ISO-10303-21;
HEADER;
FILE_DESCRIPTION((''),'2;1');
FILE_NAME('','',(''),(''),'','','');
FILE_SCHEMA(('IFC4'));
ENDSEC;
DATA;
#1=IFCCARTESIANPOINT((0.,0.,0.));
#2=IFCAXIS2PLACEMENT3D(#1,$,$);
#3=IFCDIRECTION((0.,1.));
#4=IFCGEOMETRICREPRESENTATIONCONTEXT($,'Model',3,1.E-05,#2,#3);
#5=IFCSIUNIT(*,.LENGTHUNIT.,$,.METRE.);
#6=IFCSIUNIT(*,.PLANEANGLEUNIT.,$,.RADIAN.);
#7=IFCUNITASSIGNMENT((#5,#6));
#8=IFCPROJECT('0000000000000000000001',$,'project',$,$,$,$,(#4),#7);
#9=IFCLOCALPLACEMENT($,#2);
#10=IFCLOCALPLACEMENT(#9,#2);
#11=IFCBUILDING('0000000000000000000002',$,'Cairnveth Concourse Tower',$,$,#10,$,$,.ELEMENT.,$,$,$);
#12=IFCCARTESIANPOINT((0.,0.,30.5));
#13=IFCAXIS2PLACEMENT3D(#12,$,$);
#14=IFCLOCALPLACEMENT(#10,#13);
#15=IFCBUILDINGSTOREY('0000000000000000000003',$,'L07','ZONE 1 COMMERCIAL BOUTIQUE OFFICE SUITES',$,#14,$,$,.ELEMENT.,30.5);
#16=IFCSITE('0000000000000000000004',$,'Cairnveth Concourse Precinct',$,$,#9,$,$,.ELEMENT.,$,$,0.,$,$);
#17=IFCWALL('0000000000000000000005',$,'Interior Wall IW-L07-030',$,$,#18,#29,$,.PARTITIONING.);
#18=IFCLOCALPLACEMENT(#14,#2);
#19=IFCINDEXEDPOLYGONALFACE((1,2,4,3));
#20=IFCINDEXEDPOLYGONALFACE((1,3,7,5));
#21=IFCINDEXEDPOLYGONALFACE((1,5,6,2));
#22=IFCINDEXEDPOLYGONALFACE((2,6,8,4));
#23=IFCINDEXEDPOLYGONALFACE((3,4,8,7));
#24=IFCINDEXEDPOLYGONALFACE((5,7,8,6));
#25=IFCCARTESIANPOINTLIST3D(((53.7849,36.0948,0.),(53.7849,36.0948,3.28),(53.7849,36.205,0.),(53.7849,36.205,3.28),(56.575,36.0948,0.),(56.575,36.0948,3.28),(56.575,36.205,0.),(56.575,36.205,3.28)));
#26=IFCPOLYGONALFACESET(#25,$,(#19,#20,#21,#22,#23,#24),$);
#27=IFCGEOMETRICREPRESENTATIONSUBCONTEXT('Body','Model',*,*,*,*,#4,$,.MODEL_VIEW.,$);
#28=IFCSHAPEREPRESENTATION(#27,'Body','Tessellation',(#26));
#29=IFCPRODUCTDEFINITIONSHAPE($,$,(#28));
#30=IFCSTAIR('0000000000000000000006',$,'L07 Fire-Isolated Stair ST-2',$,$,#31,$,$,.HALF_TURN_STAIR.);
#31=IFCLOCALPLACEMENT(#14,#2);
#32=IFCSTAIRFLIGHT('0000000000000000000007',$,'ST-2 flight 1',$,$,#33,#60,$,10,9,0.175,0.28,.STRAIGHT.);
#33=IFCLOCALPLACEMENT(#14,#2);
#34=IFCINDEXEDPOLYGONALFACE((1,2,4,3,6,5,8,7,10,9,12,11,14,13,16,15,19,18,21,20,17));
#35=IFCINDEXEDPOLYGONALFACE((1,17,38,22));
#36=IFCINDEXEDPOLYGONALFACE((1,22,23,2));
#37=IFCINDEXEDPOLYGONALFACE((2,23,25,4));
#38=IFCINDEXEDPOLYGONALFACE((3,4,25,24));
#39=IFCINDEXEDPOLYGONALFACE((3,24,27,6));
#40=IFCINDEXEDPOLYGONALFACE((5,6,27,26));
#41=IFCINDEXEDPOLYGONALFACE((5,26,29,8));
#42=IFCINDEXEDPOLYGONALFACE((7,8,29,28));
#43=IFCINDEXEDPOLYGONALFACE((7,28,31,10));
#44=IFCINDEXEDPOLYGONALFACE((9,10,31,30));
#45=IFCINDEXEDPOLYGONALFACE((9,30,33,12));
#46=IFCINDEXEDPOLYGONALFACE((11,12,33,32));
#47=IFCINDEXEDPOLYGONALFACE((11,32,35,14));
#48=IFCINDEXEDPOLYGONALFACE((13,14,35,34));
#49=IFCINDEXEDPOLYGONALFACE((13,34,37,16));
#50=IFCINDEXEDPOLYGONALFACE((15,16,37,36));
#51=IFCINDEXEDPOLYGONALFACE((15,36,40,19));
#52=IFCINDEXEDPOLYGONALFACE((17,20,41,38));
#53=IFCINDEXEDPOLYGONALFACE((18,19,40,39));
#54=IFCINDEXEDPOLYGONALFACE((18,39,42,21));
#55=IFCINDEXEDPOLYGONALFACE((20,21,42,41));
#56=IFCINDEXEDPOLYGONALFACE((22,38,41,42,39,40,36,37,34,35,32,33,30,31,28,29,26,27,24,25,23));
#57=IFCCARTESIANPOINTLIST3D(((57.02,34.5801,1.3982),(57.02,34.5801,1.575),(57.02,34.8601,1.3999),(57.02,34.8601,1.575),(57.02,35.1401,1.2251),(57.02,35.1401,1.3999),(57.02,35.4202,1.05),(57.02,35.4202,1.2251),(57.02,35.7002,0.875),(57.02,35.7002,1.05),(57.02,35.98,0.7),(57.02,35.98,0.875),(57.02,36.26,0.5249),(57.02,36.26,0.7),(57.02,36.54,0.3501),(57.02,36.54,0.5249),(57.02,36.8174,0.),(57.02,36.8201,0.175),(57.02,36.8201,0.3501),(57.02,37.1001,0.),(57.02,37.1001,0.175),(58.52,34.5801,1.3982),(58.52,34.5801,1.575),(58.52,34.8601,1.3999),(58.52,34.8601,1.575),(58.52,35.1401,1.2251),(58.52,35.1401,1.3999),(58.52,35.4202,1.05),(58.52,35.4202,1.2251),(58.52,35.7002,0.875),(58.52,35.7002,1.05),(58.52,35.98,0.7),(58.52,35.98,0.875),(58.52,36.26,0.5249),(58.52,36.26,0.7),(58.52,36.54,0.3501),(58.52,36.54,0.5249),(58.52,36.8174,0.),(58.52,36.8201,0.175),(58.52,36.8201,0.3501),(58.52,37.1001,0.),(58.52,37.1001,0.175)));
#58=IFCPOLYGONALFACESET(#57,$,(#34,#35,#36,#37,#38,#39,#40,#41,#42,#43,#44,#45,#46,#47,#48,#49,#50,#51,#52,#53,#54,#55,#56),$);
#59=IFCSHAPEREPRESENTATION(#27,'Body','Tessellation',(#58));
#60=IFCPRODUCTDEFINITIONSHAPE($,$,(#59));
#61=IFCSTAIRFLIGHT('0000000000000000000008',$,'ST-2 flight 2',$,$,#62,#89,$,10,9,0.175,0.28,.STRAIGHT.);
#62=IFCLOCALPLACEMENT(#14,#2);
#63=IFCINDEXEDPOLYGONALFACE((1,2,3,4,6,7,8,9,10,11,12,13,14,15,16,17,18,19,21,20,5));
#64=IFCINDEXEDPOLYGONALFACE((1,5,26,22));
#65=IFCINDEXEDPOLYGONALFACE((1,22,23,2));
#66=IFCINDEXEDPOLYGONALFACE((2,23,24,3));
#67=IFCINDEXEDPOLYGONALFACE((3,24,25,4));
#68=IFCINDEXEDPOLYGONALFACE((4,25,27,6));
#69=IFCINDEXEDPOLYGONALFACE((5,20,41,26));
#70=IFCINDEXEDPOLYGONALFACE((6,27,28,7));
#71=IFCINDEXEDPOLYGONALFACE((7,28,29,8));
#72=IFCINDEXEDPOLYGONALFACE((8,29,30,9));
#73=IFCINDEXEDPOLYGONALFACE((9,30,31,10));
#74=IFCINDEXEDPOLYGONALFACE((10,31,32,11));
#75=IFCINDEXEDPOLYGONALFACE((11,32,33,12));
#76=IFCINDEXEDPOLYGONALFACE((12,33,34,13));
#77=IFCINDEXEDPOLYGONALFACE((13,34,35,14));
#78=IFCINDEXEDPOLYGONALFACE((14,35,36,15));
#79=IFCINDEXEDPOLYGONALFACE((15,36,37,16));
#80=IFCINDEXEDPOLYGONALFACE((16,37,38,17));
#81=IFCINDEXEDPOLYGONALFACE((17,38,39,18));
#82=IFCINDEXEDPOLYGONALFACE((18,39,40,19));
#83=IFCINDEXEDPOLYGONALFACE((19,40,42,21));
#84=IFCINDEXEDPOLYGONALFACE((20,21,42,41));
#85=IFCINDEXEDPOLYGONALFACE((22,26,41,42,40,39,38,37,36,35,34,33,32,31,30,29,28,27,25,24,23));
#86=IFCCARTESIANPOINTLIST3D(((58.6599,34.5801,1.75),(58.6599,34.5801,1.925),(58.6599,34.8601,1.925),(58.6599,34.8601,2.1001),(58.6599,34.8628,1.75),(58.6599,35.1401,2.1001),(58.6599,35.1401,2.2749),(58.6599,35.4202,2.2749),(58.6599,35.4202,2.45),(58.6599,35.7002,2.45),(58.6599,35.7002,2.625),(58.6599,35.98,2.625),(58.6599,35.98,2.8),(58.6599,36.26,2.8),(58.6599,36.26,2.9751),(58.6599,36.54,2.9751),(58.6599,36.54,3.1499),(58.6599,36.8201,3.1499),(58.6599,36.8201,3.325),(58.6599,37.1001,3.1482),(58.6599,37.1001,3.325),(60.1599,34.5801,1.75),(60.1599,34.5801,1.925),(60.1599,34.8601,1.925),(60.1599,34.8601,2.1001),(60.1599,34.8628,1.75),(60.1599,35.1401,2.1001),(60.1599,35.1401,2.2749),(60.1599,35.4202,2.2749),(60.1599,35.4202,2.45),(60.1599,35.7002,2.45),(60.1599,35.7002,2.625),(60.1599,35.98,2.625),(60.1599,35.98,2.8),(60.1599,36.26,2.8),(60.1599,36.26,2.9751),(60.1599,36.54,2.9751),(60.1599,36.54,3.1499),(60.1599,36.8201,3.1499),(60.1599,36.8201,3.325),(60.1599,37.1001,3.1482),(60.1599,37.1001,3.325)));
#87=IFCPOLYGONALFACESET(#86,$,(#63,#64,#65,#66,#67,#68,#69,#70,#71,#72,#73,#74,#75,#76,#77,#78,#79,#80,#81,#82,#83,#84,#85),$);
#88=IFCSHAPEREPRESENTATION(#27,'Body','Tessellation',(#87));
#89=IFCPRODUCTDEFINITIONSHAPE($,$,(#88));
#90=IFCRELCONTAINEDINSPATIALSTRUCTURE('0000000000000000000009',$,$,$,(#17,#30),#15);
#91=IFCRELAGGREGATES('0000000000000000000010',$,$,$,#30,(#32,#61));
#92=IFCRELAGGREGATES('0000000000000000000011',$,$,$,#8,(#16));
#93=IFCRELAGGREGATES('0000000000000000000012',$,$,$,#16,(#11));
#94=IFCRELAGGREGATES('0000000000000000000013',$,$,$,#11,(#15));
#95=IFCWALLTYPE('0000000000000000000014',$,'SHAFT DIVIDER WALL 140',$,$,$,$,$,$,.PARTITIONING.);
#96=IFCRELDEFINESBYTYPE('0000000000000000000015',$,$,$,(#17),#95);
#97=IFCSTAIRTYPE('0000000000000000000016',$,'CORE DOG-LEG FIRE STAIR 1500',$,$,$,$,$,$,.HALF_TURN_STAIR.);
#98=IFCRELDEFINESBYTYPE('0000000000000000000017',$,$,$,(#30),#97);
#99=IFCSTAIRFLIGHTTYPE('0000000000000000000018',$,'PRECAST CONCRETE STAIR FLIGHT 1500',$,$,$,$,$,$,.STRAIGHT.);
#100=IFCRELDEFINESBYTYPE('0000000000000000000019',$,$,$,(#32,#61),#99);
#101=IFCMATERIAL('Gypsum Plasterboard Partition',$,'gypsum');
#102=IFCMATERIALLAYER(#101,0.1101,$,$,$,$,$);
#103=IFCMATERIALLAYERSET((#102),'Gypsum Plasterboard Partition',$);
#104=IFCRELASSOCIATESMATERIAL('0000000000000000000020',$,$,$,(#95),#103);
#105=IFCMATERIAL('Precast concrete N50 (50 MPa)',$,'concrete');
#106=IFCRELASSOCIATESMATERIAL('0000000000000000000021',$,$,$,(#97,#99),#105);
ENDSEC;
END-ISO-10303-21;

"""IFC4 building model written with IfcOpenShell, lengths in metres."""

from ifc_helpers import new_model, si_unit, direction, frame, frame_2d, origin, place, context, subcontext, project, spatial, polyline, rectangle, outline, extrude, material, layer, layer_set, type_object, element, aggregate, save


model = new_model("IFC4")

# Units and contexts
model_context = context("Model", 3, precision=1e-05, world=origin(), true_north=direction((0.0, 1.0)))
body_context = subcontext(model_context, "Body", "Model", "MODEL_VIEW")
ifc_project = project(units=[si_unit("LENGTHUNIT", "METRE"), si_unit("PLANEANGLEUNIT", "RADIAN")], contexts=[model_context])

# Site, building, storey
site_placement = place(None, origin())
site = spatial("IfcSite", under=ifc_project, at=site_placement, Name="Cairnveth Concourse Precinct", CompositionType="ELEMENT", RefElevation=0.0)
building_placement = place(site_placement, origin())
building = spatial("IfcBuilding", under=site, at=building_placement, Name="Cairnveth Concourse Tower", CompositionType="ELEMENT")
storey_placement = place(building_placement, frame((0.0, 0.0, 30.5)))
storey = spatial("IfcBuildingStorey", under=building, at=storey_placement, Name="L07", Description="ZONE 1 COMMERCIAL BOUTIQUE OFFICE SUITES", CompositionType="ELEMENT", Elevation=30.5)

# Wall
ifc_material_1 = material(Name="Gypsum Plasterboard Partition", Category="gypsum")
ifc_layer_1 = layer(ifc_material_1, 0.1101)
ifc_layer_set_1 = layer_set([ifc_layer_1], Name="Gypsum Plasterboard Partition")
wall_type_1 = type_object("IfcWallType", Name="SHAFT DIVIDER WALL 140", PredefinedType="PARTITIONING", material=ifc_layer_set_1)
for number, where, z_axis, x_axis, name in (
    (1, (53.7849, 36.1499, 0.0), (0.0, 0.0, 1.0), (1.0, 0.0, 0.0), "Interior Wall IW-L07-030"),
):
    element("IfcWall", number, at=place(storey_placement, frame(where, z_axis=z_axis, x_axis=x_axis)), inside=storey, type_object=wall_type_1, Name=name, PredefinedType="PARTITIONING", context=body_context, shape_type="SweptSolid", body=[
        extrude(rectangle(XDim=2.79, YDim=0.1101, at=frame_2d((1.395, 0.0))), origin(), (0.0, 0.0, 1.0), 3.28),
    ])

# Stair, stair flights
ifc_material_2 = material(Name="Precast concrete N50 (50 MPa)", Category="concrete")
stair_type = type_object("IfcStairType", Name="CORE DOG-LEG FIRE STAIR 1500", PredefinedType="HALF_TURN_STAIR", material=ifc_material_2)
stair_placement = place(storey_placement, origin())
stair = element("IfcStair", 2, at=stair_placement, inside=storey, type_object=stair_type, Name="L07 Fire-Isolated Stair ST-2", PredefinedType="HALF_TURN_STAIR")
stair_flight_type = type_object("IfcStairFlightType", Name="PRECAST CONCRETE STAIR FLIGHT 1500", PredefinedType="STRAIGHT", material=ifc_material_2)
stair_flight_1_placement = place(storey_placement, frame((57.77, 37.1001, 0.0), z_axis=(0.0, 0.0, 1.0), x_axis=(0.0, -1.0, 0.0)))
stair_flight_1 = element("IfcStairFlight", 3, at=stair_flight_1_placement, type_object=stair_flight_type, Name="ST-2 flight 1", NumberOfRisers=10, NumberOfTreads=9, PredefinedType="STRAIGHT", RiserHeight=0.175, TreadLength=0.28, context=body_context, shape_type="SweptSolid", body=[
    extrude(outline(polyline([(0.0, 0.0), (0.0, 0.175), (0.28, 0.175), (0.28, 0.3501), (0.5601, 0.3501), (0.5601, 0.5249), (0.8401, 0.5249), (0.8401, 0.7), (1.1201, 0.7), (1.1201, 0.875), (1.3999, 0.875), (1.3999, 1.05), (1.6799, 1.05), (1.6799, 1.2251), (1.96, 1.2251), (1.96, 1.3999), (2.24, 1.3999), (2.24, 1.575), (2.52, 1.575), (2.52, 1.75), (2.52, 1.3982), (0.2827, 0.0), (0.0, 0.0)])), frame((0.0, 0.75, 0.0), z_axis=(0.0, -1.0, 0.0), x_axis=(1.0, 0.0, 0.0)), (0.0, 0.0, 1.0), 1.5),
])
stair_flight_2_placement = place(storey_placement, frame((59.4099, 34.5801, 1.75), z_axis=(0.0, 0.0, 1.0), x_axis=(0.0, 1.0, 0.0)))
stair_flight_2 = element("IfcStairFlight", 4, at=stair_flight_2_placement, type_object=stair_flight_type, Name="ST-2 flight 2", NumberOfRisers=10, NumberOfTreads=9, PredefinedType="STRAIGHT", RiserHeight=0.175, TreadLength=0.28, context=body_context, shape_type="SweptSolid", body=[
    extrude(outline(polyline([(0.0, 0.0), (0.0, 0.175), (0.28, 0.175), (0.28, 0.3501), (0.5601, 0.3501), (0.5601, 0.5249), (0.8401, 0.5249), (0.8401, 0.7), (1.1201, 0.7), (1.1201, 0.875), (1.3999, 0.875), (1.3999, 1.05), (1.6799, 1.05), (1.6799, 1.2251), (1.96, 1.2251), (1.96, 1.3999), (2.24, 1.3999), (2.24, 1.575), (2.52, 1.575), (2.52, 1.75), (2.52, 1.3982), (0.2827, 0.0), (0.0, 0.0)])), frame((0.0, 0.75, 0.0), z_axis=(0.0, -1.0, 0.0), x_axis=(1.0, 0.0, 0.0)), (0.0, 0.0, 1.0), 1.5),
])
aggregate(stair, [stair_flight_1, stair_flight_2])

save(model, "model.ifc")
